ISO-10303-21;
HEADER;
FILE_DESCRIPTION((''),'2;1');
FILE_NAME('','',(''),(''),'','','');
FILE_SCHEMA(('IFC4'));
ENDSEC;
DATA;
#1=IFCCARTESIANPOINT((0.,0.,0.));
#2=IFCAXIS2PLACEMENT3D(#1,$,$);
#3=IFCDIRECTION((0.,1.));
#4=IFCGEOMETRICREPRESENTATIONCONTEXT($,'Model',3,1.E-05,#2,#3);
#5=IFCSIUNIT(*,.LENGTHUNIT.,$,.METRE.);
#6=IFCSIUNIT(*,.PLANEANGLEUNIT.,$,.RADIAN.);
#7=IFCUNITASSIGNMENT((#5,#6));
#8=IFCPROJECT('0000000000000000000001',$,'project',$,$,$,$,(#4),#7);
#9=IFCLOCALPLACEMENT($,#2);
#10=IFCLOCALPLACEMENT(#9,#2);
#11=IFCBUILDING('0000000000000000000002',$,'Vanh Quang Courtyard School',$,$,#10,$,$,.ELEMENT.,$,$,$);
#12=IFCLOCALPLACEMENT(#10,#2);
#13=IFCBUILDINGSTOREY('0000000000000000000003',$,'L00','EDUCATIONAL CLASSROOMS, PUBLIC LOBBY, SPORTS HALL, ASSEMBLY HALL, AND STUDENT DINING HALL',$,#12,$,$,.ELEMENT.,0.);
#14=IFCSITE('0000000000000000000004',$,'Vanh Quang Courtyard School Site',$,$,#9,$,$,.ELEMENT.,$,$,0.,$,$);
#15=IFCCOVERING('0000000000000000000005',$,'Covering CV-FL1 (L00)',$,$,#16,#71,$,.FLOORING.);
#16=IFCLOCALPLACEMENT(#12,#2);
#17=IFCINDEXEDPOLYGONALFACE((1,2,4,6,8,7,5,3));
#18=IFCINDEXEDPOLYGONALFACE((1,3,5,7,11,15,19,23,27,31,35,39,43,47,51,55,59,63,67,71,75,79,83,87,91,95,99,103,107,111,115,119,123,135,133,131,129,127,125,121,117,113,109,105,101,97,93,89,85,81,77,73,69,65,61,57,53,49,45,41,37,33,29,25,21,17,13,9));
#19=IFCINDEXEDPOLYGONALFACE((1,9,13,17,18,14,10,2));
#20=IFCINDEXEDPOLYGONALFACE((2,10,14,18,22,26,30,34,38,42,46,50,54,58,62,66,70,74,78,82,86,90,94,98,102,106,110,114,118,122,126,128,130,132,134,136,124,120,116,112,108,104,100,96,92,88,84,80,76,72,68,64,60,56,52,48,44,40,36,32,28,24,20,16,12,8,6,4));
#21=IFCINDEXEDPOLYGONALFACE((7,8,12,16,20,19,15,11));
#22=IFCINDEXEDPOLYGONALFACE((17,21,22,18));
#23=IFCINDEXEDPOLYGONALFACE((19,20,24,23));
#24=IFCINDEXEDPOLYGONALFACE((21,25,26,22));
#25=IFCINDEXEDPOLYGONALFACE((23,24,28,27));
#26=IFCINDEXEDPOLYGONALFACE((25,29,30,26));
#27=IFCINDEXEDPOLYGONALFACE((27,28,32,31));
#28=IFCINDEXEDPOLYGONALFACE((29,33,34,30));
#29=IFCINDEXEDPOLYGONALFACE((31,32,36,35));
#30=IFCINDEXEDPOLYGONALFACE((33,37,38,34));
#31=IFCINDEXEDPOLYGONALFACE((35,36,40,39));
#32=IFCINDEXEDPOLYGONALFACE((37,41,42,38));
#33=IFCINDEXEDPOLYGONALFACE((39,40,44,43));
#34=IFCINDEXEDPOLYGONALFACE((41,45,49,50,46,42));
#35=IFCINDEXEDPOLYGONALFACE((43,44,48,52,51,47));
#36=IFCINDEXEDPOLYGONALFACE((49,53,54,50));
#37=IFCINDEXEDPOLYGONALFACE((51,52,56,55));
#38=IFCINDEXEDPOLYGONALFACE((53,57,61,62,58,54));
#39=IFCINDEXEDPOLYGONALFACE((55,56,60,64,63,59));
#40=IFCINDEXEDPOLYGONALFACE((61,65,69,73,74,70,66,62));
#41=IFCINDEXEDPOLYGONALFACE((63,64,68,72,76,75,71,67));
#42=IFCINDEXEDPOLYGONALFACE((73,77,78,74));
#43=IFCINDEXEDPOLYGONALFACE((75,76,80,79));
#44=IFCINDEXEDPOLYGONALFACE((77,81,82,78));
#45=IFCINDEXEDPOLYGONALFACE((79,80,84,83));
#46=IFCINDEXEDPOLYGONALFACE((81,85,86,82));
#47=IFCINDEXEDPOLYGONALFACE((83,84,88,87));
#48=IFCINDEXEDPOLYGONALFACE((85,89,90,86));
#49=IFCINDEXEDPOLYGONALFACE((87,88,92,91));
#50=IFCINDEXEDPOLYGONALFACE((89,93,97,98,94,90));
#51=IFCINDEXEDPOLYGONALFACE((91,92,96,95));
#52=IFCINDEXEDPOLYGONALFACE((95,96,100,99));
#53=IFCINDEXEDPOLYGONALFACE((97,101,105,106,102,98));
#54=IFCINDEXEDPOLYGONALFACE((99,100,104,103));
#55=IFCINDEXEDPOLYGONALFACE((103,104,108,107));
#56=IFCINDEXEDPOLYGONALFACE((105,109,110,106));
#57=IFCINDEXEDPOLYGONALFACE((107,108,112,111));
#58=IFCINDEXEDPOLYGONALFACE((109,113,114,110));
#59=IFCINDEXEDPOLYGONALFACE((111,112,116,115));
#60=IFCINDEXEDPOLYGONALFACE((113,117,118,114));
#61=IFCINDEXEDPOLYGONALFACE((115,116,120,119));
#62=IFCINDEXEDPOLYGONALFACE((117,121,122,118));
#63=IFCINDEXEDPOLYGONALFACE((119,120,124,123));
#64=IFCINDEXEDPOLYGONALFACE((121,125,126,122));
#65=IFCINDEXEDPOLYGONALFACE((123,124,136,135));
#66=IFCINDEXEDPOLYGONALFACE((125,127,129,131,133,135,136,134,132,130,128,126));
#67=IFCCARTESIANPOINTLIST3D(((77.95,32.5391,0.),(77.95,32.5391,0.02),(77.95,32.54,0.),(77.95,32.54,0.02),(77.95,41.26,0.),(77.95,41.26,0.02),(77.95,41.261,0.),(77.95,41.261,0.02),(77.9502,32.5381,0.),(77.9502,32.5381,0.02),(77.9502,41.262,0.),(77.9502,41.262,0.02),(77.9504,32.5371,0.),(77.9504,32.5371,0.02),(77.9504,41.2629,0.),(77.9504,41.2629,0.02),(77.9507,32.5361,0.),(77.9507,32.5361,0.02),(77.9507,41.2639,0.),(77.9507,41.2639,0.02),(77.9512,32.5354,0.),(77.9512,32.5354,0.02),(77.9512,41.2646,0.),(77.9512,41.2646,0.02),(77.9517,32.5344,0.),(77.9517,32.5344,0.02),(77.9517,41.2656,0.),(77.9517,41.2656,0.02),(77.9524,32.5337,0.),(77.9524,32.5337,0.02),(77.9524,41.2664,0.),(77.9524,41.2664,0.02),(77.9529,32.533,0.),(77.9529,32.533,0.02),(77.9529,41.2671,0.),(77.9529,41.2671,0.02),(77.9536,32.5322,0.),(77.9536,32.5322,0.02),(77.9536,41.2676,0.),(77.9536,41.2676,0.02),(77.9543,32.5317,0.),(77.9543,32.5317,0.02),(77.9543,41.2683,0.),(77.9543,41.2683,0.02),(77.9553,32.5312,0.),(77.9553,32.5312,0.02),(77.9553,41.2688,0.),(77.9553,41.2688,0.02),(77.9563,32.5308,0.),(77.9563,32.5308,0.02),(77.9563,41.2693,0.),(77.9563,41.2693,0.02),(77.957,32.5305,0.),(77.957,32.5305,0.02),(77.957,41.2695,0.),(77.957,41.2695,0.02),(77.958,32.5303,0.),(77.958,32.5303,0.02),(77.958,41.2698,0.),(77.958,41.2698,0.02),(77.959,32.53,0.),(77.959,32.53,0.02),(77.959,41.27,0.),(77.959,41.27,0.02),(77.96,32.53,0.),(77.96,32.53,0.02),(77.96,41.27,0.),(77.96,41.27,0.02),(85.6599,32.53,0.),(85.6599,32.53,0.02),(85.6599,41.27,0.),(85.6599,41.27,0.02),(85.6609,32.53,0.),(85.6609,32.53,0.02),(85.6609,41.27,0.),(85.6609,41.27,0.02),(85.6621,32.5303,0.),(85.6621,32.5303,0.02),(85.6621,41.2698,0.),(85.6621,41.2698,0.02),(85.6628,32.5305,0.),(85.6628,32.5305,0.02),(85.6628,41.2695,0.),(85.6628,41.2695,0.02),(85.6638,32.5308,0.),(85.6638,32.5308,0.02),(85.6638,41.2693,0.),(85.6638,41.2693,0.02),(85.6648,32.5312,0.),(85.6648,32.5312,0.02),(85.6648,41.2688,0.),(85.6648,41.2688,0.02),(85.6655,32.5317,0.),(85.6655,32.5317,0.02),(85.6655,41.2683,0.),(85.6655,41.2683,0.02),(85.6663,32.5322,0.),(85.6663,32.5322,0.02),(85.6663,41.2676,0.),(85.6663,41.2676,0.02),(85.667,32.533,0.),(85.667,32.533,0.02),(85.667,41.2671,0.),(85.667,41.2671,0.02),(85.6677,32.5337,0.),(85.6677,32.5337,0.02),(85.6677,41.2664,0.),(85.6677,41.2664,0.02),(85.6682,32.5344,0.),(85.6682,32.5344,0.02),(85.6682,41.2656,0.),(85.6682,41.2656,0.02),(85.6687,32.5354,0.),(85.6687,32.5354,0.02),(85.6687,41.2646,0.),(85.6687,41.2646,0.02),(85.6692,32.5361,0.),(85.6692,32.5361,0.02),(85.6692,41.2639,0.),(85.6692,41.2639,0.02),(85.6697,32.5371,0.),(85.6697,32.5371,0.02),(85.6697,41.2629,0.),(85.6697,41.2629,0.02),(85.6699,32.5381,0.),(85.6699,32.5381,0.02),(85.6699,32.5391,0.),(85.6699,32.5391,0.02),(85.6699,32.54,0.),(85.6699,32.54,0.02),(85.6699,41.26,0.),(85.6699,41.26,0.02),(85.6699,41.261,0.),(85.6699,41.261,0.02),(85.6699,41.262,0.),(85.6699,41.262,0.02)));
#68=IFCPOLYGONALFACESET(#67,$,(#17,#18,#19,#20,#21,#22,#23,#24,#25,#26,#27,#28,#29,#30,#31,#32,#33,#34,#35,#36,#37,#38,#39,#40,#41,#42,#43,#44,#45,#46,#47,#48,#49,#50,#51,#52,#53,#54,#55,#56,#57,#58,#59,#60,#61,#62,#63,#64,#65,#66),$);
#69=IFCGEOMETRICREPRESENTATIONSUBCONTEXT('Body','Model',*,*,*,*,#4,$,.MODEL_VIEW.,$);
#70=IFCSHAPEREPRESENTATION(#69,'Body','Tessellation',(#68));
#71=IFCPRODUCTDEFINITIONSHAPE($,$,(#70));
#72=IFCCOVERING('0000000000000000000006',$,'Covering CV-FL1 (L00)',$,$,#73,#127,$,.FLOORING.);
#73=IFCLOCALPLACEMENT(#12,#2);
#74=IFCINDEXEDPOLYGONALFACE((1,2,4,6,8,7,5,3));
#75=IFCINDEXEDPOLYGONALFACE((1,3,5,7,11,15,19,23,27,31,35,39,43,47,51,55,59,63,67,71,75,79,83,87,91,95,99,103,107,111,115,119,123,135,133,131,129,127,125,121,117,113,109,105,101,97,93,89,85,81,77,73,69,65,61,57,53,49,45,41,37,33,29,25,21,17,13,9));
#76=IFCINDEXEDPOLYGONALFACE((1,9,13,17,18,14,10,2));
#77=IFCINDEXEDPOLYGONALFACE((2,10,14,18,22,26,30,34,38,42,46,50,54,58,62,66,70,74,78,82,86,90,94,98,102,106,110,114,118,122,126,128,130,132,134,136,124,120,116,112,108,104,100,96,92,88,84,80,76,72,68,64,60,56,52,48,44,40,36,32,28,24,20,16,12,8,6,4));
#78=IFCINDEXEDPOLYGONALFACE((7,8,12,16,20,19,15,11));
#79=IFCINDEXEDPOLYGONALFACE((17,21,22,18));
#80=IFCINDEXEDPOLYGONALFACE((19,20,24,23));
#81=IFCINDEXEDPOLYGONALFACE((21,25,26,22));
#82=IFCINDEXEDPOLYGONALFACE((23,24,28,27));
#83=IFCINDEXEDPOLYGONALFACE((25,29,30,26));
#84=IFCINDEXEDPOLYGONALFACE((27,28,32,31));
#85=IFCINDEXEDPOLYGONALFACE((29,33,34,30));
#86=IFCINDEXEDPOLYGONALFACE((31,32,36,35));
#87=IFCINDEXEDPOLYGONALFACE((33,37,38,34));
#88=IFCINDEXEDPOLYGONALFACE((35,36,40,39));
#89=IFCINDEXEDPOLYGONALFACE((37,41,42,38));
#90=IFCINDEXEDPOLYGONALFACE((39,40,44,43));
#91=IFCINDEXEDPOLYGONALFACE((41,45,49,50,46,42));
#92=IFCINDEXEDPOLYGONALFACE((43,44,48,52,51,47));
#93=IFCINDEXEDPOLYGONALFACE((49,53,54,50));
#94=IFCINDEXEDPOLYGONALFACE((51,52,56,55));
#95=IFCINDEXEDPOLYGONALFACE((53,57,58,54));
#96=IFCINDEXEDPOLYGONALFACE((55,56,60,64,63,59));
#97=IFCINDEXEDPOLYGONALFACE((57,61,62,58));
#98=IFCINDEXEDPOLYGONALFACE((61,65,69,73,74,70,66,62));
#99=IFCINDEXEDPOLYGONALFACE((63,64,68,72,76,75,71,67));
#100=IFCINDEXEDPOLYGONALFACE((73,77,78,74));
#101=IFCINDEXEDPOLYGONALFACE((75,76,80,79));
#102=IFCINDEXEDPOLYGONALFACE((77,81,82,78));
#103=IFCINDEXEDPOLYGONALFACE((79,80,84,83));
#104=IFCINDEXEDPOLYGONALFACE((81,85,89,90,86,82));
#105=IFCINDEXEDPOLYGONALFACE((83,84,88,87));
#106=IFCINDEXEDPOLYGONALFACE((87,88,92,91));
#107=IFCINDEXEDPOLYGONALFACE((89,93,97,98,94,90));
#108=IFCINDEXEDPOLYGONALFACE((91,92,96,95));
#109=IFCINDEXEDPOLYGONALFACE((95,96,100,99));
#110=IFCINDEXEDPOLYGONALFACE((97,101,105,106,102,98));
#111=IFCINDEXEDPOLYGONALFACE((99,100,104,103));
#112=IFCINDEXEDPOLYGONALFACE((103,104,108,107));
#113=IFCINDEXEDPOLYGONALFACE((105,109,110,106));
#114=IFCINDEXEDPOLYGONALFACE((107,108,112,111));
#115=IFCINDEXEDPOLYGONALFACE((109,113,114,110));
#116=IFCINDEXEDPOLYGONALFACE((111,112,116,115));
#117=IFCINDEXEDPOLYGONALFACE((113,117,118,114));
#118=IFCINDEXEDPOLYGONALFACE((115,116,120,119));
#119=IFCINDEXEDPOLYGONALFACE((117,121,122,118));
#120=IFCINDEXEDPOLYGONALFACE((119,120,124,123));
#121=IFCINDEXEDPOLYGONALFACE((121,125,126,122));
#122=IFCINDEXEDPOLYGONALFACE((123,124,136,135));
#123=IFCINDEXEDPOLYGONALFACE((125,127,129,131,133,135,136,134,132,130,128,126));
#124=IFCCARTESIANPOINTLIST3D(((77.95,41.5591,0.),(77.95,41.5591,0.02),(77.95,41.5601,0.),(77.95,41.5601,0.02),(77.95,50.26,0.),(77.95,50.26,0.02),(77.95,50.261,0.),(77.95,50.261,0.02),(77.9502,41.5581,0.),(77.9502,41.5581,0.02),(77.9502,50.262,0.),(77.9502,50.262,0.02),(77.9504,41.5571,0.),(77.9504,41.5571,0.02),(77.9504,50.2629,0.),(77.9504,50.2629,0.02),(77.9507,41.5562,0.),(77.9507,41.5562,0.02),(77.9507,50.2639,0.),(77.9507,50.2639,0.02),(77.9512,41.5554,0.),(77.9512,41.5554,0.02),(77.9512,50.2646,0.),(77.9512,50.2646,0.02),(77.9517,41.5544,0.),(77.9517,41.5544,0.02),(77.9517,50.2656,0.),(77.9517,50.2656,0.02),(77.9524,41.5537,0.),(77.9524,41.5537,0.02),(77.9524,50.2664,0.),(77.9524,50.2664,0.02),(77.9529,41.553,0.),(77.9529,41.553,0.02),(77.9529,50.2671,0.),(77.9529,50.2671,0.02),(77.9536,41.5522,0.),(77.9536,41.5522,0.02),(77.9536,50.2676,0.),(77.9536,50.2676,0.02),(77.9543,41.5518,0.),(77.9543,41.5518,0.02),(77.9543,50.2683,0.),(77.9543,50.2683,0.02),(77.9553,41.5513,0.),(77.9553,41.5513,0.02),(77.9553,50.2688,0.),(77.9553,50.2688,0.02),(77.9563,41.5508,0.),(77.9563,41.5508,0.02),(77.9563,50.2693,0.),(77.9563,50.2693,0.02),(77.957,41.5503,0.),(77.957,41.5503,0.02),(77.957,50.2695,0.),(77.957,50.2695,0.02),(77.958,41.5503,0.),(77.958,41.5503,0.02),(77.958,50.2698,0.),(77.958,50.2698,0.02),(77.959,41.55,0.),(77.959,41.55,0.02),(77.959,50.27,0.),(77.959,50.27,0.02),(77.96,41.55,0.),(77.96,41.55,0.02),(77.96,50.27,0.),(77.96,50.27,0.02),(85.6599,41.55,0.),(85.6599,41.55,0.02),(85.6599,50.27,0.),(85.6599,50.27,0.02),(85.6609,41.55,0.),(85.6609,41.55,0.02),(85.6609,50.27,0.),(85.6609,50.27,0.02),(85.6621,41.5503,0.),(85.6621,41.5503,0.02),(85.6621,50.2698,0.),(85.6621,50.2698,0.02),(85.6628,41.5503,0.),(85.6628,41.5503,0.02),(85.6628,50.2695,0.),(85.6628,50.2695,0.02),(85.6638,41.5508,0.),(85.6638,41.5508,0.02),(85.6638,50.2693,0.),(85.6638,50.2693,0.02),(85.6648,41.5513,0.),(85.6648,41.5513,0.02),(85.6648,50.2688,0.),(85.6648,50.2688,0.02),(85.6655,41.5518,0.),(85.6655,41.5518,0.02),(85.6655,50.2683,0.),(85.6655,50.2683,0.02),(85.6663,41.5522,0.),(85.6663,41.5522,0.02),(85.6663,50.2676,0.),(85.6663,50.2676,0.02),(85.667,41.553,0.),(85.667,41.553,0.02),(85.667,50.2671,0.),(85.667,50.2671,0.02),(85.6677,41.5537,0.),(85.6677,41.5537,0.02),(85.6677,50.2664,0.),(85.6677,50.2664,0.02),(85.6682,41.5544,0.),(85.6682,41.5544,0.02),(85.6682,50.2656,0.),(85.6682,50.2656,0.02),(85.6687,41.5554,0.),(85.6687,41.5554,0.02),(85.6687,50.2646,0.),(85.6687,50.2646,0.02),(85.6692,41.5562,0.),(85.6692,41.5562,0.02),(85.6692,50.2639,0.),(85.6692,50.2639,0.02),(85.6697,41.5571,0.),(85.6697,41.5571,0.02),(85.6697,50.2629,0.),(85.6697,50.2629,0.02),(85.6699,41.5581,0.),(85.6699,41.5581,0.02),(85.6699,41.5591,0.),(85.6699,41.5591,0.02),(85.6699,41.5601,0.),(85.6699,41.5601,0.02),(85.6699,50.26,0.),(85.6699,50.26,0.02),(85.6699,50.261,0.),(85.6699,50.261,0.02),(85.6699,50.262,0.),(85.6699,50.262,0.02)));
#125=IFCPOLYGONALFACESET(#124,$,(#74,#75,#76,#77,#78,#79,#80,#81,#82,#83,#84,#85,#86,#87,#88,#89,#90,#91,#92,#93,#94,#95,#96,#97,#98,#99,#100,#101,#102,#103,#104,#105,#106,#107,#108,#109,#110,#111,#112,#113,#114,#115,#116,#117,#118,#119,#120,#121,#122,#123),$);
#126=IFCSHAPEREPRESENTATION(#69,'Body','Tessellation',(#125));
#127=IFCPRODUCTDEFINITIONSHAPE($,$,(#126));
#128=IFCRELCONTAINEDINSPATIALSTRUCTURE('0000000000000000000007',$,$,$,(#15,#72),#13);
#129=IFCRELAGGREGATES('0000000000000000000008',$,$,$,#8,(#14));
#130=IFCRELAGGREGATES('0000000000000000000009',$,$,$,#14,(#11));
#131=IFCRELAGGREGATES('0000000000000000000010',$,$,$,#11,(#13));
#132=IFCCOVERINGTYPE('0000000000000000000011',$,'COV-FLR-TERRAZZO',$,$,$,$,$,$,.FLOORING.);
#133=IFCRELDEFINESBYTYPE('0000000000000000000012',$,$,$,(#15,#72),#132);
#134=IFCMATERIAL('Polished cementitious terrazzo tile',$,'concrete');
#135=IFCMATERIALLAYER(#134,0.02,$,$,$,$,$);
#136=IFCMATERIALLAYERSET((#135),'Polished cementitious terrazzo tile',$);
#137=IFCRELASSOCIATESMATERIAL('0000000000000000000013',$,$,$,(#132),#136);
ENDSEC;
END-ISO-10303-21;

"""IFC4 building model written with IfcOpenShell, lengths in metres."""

from ifc_helpers import new_model, si_unit, direction, origin, place, context, subcontext, project, spatial, polyline, outline, extrude, material, layer, layer_set, type_object, element, save


model = new_model("IFC4")

# Units and contexts
model_context = context("Model", 3, precision=1e-05, world=origin(), true_north=direction((0.0, 1.0)))
body_context = subcontext(model_context, "Body", "Model", "MODEL_VIEW")
ifc_project = project(units=[si_unit("LENGTHUNIT", "METRE"), si_unit("PLANEANGLEUNIT", "RADIAN")], contexts=[model_context])

# Site, building, storey
site_placement = place(None, origin())
site = spatial("IfcSite", under=ifc_project, at=site_placement, Name="Vanh Quang Courtyard School Site", CompositionType="ELEMENT", RefElevation=0.0)
building_placement = place(site_placement, origin())
building = spatial("IfcBuilding", under=site, at=building_placement, Name="Vanh Quang Courtyard School", CompositionType="ELEMENT")
storey_placement = place(building_placement, origin())
storey = spatial("IfcBuildingStorey", under=building, at=storey_placement, Name="L00", Description="EDUCATIONAL CLASSROOMS, PUBLIC LOBBY, SPORTS HALL, ASSEMBLY HALL, AND STUDENT DINING HALL", CompositionType="ELEMENT", Elevation=0.0)

# Coverings
ifc_material_1 = material(Name="Polished cementitious terrazzo tile", Category="concrete")
ifc_layer_1 = layer(ifc_material_1, 0.02)
ifc_layer_set_1 = layer_set([ifc_layer_1], Name="Polished cementitious terrazzo tile")
covering_type = type_object("IfcCoveringType", Name="COV-FLR-TERRAZZO", PredefinedType="FLOORING", material=ifc_layer_set_1)
covering_1_placement = place(storey_placement, origin())
element("IfcCovering", 1, at=covering_1_placement, inside=storey, type_object=covering_type, Name="Covering CV-FL1 (L00)", PredefinedType="FLOORING", context=body_context, shape_type="SweptSolid", body=[
    extrude(outline(polyline([(85.6599, 41.27), (85.6609, 41.27), (85.6621, 41.2698), (85.6628, 41.2695), (85.6638, 41.2693), (85.6648, 41.2688), (85.6655, 41.2683), (85.6663, 41.2676), (85.667, 41.2671), (85.6677, 41.2664), (85.6682, 41.2656), (85.6687, 41.2646), (85.6692, 41.2639), (85.6697, 41.2629), (85.6699, 41.262), (85.6699, 41.261), (85.6699, 41.26), (85.6699, 32.54), (85.6699, 32.5391), (85.6699, 32.5381), (85.6697, 32.5371), (85.6692, 32.5361), (85.6687, 32.5354), (85.6682, 32.5344), (85.6677, 32.5337), (85.667, 32.533), (85.6663, 32.5322), (85.6655, 32.5317), (85.6648, 32.5312), (85.6638, 32.5308), (85.6628, 32.5305), (85.6621, 32.5303), (85.6609, 32.53), (85.6599, 32.53), (77.96, 32.53), (77.959, 32.53), (77.958, 32.5303), (77.957, 32.5305), (77.9563, 32.5308), (77.9553, 32.5312), (77.9543, 32.5317), (77.9536, 32.5322), (77.9529, 32.533), (77.9524, 32.5337), (77.9517, 32.5344), (77.9512, 32.5354), (77.9507, 32.5361), (77.9504, 32.5371), (77.9502, 32.5381), (77.95, 32.5391), (77.95, 32.54), (77.95, 41.26), (77.95, 41.261), (77.9502, 41.262), (77.9504, 41.2629), (77.9507, 41.2639), (77.9512, 41.2646), (77.9517, 41.2656), (77.9524, 41.2664), (77.9529, 41.2671), (77.9536, 41.2676), (77.9543, 41.2683), (77.9553, 41.2688), (77.9563, 41.2693), (77.957, 41.2695), (77.958, 41.2698), (77.959, 41.27), (77.96, 41.27), (85.6599, 41.27)])), origin(), (0.0, 0.0, 1.0), 0.02),
])
covering_2_placement = place(storey_placement, origin())
element("IfcCovering", 2, at=covering_2_placement, inside=storey, type_object=covering_type, Name="Covering CV-FL1 (L00)", PredefinedType="FLOORING", context=body_context, shape_type="SweptSolid", body=[
    extrude(outline(polyline([(77.96, 41.55), (77.959, 41.55), (77.958, 41.5503), (77.957, 41.5503), (77.9563, 41.5508), (77.9553, 41.5513), (77.9543, 41.5518), (77.9536, 41.5522), (77.9529, 41.553), (77.9524, 41.5537), (77.9517, 41.5544), (77.9512, 41.5554), (77.9507, 41.5562), (77.9504, 41.5571), (77.9502, 41.5581), (77.95, 41.5591), (77.95, 41.5601), (77.95, 50.26), (77.95, 50.261), (77.9502, 50.262), (77.9504, 50.2629), (77.9507, 50.2639), (77.9512, 50.2646), (77.9517, 50.2656), (77.9524, 50.2664), (77.9529, 50.2671), (77.9536, 50.2676), (77.9543, 50.2683), (77.9553, 50.2688), (77.9563, 50.2693), (77.957, 50.2695), (77.958, 50.2698), (77.959, 50.27), (77.96, 50.27), (85.6599, 50.27), (85.6609, 50.27), (85.6621, 50.2698), (85.6628, 50.2695), (85.6638, 50.2693), (85.6648, 50.2688), (85.6655, 50.2683), (85.6663, 50.2676), (85.667, 50.2671), (85.6677, 50.2664), (85.6682, 50.2656), (85.6687, 50.2646), (85.6692, 50.2639), (85.6697, 50.2629), (85.6699, 50.262), (85.6699, 50.261), (85.6699, 50.26), (85.6699, 41.5601), (85.6699, 41.5591), (85.6699, 41.5581), (85.6697, 41.5571), (85.6692, 41.5562), (85.6687, 41.5554), (85.6682, 41.5544), (85.6677, 41.5537), (85.667, 41.553), (85.6663, 41.5522), (85.6655, 41.5518), (85.6648, 41.5513), (85.6638, 41.5508), (85.6628, 41.5503), (85.6621, 41.5503), (85.6609, 41.55), (85.6599, 41.55), (77.96, 41.55)])), origin(), (0.0, 0.0, 1.0), 0.02),
])

save(model, "model.ifc")
